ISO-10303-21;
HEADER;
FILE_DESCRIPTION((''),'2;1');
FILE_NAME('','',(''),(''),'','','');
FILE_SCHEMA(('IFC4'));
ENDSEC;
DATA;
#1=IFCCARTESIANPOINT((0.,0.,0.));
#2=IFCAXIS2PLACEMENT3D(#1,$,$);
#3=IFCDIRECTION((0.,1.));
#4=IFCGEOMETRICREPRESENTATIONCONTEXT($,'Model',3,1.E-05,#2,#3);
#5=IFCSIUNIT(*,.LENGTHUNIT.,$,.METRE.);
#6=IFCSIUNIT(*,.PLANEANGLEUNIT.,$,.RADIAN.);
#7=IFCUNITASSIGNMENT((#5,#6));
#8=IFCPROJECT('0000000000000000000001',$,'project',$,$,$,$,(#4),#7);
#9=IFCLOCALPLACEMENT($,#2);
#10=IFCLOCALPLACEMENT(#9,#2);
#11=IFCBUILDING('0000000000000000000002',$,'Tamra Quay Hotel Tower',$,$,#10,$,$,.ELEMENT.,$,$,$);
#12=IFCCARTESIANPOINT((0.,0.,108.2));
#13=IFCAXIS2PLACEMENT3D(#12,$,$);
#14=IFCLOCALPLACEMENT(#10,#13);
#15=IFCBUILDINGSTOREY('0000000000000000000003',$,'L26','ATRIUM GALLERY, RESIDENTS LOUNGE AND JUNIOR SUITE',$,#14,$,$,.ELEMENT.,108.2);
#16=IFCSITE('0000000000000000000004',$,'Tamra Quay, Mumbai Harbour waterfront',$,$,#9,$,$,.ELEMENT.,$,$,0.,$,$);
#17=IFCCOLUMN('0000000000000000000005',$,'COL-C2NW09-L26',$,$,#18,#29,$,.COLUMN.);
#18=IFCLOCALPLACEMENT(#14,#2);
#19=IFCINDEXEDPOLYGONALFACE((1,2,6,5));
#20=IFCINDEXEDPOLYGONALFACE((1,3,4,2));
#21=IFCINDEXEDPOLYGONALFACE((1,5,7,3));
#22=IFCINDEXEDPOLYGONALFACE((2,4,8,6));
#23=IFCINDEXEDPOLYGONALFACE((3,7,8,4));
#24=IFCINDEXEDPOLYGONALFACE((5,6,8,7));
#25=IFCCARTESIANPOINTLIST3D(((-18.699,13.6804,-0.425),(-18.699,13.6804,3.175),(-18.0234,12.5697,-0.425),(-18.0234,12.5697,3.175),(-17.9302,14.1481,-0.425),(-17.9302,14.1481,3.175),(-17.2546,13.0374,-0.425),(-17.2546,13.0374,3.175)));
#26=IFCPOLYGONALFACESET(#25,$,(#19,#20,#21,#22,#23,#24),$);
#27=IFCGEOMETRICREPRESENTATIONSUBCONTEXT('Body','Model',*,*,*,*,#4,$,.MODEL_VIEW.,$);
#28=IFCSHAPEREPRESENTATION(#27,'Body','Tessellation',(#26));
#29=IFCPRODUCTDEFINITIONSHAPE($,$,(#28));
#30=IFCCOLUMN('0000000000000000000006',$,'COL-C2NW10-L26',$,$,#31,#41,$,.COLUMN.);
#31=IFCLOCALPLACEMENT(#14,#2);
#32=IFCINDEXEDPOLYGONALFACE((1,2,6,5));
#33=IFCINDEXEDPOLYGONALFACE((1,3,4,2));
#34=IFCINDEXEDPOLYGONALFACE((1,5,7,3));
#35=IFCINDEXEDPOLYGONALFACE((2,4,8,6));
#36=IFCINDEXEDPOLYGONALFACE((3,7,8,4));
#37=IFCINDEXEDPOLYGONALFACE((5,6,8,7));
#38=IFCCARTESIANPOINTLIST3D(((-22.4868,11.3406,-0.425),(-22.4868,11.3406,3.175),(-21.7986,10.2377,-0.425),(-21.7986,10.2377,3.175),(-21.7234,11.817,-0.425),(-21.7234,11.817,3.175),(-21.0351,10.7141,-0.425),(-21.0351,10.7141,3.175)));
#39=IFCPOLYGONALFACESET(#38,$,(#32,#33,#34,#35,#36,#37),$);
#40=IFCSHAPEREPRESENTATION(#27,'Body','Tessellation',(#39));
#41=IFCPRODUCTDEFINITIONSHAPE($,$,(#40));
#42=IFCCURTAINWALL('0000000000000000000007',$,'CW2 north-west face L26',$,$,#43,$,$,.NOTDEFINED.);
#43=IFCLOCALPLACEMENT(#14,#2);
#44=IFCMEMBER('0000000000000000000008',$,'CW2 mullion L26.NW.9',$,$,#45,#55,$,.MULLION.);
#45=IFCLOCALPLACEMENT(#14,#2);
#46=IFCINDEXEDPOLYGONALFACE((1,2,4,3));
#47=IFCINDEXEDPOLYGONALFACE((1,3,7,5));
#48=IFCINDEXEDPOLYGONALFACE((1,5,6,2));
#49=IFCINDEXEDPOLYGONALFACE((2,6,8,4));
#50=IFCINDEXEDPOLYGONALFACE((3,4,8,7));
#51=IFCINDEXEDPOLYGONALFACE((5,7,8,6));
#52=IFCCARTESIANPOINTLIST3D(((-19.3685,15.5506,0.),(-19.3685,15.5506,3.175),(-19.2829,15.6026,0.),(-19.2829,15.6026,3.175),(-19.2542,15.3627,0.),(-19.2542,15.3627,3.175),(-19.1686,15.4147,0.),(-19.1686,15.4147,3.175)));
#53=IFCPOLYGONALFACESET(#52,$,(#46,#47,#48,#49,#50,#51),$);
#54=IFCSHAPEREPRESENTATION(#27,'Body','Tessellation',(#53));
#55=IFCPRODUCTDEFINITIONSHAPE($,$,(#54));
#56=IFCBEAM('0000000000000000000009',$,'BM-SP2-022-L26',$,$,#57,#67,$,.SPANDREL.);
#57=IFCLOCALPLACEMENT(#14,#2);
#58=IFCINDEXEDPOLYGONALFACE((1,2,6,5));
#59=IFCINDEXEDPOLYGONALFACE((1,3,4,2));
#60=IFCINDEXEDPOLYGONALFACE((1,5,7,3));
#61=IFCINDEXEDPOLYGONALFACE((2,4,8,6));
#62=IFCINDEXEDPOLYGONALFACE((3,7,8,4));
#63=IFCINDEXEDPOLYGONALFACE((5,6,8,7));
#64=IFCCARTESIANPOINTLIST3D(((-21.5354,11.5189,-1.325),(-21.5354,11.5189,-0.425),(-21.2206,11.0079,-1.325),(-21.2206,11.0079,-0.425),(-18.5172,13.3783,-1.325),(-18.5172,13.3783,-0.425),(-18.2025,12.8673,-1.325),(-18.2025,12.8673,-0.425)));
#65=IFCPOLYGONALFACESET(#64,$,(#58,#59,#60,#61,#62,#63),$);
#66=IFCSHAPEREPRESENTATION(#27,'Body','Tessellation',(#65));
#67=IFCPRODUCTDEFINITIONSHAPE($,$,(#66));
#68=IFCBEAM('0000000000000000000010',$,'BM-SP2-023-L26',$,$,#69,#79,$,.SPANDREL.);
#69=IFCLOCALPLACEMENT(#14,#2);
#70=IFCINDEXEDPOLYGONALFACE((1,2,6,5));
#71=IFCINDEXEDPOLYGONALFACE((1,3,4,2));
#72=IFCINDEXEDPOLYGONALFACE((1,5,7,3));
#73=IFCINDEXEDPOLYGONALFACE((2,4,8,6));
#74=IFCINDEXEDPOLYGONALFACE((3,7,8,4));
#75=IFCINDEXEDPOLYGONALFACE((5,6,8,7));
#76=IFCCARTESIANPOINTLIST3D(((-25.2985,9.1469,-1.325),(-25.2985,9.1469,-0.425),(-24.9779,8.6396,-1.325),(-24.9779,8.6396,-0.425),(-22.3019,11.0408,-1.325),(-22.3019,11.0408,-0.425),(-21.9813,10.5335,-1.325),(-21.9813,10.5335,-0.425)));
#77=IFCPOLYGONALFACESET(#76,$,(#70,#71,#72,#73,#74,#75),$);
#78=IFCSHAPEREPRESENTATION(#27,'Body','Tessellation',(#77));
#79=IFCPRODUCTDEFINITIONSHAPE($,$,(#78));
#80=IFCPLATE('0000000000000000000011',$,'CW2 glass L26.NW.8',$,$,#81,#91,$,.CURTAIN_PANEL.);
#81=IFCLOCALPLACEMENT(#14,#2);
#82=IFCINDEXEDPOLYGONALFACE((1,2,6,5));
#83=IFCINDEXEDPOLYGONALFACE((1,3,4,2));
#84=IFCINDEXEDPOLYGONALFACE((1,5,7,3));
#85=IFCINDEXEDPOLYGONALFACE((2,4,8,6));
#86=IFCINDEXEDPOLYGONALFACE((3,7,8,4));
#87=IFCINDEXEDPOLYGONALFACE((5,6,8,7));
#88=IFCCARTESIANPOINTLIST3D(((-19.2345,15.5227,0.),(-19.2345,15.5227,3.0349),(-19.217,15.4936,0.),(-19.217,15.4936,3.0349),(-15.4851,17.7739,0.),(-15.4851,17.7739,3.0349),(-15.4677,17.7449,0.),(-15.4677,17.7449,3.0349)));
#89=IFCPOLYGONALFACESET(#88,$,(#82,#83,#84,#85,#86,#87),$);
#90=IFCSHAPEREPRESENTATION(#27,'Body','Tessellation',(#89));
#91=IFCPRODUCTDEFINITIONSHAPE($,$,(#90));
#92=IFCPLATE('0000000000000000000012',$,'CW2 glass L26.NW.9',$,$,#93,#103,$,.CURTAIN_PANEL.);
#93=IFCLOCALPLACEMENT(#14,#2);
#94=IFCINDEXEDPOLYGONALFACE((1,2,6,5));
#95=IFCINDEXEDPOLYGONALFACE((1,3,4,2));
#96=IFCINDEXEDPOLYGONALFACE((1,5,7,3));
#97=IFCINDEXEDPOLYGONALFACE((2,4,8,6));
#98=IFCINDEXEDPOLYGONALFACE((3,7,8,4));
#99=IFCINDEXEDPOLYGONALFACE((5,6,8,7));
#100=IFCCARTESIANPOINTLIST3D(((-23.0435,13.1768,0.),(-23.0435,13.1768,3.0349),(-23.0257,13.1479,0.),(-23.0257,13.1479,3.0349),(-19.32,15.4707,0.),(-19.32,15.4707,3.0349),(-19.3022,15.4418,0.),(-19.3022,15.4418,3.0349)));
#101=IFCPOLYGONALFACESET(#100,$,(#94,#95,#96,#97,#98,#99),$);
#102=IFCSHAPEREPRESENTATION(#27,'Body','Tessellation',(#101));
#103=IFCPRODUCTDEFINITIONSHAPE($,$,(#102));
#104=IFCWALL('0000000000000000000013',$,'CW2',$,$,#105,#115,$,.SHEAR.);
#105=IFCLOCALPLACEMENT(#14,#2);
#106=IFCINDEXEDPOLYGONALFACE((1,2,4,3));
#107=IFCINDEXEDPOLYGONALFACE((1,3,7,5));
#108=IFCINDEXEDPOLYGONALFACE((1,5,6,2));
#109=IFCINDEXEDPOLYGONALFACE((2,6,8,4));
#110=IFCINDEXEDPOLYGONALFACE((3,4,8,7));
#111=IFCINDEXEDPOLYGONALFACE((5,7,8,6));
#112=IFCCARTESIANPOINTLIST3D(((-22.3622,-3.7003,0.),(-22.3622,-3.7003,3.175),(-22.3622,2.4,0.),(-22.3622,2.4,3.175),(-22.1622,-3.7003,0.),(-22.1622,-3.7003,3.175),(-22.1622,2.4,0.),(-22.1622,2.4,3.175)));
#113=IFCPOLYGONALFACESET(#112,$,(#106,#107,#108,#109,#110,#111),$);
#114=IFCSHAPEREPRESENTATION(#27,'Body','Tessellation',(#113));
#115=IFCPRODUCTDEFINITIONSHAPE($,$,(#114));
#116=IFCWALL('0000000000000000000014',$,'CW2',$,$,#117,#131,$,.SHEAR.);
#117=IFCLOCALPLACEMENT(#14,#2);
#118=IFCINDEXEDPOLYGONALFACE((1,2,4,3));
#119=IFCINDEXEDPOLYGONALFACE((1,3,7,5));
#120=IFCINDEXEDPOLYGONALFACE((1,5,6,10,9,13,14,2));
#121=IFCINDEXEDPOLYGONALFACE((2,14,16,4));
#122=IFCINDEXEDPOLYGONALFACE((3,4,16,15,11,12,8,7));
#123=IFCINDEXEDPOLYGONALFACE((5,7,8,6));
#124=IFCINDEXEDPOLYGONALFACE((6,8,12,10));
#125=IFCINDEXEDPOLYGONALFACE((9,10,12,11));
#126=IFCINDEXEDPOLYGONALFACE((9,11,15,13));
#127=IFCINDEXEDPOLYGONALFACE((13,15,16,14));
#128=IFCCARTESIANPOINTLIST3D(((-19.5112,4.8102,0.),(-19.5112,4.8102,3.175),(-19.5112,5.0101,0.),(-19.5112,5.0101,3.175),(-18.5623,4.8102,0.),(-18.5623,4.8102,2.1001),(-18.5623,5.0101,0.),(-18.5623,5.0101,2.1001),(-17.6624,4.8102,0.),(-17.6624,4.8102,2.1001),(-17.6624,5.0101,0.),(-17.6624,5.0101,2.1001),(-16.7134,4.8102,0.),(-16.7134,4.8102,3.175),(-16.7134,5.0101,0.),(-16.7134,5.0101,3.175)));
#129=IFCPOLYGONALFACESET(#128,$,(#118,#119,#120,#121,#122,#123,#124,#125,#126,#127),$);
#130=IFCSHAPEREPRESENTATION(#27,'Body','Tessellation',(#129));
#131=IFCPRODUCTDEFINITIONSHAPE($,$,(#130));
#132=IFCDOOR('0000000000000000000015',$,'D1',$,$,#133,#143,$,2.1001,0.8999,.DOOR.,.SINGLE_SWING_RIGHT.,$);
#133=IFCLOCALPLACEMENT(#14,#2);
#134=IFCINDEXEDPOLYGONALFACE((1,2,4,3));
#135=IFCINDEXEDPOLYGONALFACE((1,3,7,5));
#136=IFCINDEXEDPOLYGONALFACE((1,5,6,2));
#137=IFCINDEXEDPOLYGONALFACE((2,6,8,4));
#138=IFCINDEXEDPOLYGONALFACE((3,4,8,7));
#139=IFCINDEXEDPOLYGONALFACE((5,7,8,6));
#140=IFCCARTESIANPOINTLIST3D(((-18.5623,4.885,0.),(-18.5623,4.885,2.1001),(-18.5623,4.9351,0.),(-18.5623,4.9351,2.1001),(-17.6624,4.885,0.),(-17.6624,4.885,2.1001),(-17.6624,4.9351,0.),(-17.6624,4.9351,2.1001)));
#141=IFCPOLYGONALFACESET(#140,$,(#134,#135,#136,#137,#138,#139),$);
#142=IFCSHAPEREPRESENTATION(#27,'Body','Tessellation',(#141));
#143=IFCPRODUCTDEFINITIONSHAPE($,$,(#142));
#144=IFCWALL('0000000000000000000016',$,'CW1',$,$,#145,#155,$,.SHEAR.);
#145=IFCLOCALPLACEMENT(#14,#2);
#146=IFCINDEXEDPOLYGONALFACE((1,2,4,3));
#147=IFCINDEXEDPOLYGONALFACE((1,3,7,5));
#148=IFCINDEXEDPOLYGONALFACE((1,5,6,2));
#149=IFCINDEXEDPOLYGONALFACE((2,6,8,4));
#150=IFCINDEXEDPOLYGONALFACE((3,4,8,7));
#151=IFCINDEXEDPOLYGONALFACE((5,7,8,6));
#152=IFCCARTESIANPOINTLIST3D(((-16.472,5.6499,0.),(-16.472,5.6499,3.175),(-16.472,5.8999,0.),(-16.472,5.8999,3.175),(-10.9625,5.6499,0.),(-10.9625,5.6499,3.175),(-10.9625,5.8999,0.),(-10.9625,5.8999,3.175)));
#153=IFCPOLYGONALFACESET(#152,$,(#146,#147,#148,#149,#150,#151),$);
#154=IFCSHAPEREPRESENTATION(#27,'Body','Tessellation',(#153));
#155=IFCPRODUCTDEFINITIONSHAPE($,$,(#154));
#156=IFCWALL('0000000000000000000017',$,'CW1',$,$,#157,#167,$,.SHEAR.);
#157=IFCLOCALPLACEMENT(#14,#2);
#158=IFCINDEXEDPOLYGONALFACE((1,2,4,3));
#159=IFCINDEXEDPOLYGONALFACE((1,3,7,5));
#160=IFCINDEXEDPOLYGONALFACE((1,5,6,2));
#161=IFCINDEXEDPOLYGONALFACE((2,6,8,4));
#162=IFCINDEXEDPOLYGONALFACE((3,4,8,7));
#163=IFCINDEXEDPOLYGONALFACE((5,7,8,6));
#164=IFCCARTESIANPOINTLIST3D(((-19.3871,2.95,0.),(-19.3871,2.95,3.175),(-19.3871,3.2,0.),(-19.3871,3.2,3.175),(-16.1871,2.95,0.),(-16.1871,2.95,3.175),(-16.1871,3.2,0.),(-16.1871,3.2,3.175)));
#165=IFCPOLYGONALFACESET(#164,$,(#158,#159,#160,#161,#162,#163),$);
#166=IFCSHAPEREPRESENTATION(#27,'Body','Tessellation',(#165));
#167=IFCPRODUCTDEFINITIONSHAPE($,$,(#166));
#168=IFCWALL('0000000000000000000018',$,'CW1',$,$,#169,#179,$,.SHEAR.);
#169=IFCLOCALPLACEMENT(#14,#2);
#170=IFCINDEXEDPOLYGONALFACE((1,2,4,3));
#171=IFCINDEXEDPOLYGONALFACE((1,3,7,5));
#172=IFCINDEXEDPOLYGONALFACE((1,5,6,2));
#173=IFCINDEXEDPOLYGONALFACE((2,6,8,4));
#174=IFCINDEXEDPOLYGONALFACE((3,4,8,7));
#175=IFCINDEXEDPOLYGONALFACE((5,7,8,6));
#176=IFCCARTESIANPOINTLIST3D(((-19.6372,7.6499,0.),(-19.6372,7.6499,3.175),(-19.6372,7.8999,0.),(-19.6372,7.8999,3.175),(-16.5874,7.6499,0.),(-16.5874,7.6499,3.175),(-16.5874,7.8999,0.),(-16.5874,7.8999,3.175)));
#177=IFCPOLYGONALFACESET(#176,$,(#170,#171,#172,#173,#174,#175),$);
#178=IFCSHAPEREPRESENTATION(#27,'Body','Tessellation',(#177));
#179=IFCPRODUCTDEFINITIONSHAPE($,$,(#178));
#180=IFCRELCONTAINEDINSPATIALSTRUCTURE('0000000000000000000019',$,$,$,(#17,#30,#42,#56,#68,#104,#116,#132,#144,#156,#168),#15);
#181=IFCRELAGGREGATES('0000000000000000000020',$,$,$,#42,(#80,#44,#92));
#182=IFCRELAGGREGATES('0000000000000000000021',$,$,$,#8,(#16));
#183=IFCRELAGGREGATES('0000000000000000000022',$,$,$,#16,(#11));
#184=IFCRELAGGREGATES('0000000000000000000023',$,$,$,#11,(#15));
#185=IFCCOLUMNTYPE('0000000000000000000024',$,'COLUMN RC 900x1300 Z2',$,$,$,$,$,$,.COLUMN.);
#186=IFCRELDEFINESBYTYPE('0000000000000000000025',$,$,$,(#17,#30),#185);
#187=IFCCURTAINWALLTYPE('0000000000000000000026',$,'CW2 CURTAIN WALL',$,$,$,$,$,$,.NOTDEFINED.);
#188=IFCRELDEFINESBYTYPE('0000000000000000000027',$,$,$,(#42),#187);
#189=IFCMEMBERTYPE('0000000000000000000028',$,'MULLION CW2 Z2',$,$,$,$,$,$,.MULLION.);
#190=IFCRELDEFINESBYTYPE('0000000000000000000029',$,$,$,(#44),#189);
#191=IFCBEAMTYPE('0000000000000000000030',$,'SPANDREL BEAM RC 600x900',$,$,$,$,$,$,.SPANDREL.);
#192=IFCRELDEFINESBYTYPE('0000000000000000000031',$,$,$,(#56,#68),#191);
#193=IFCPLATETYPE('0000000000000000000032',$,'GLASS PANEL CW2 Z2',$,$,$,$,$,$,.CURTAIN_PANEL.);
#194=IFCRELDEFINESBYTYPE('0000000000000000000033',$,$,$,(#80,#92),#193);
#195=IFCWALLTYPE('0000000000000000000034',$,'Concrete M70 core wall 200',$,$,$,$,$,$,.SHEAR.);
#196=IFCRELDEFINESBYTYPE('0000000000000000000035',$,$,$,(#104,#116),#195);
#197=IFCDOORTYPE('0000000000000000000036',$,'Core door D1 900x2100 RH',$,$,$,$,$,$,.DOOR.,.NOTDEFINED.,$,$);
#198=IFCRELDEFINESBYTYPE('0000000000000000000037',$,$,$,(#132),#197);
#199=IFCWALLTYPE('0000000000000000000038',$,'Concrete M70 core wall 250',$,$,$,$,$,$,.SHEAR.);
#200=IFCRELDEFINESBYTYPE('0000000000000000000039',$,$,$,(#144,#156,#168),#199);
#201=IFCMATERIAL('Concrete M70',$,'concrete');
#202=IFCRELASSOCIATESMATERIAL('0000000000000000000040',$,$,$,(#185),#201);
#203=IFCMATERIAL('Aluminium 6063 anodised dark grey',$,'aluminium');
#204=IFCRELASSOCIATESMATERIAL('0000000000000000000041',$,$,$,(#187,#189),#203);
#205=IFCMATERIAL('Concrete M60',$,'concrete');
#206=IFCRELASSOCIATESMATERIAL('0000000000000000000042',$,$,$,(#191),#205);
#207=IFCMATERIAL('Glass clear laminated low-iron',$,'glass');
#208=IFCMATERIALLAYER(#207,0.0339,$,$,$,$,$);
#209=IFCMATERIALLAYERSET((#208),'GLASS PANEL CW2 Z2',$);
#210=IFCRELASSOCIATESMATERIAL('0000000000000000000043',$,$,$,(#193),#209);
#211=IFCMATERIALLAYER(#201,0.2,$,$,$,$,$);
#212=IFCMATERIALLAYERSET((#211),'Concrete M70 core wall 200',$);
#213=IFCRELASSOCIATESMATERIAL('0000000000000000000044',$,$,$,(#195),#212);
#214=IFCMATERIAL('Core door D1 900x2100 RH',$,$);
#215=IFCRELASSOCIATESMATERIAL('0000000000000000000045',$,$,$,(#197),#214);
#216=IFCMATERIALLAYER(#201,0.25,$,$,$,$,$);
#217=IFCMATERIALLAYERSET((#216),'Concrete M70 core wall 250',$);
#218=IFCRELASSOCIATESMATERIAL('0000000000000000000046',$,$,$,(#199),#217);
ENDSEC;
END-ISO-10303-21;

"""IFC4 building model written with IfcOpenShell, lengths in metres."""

from ifc_helpers import new_model, si_unit, direction, frame, frame_2d, origin, origin_2d, place, context, subcontext, project, spatial, rectangle, extrude, material, layer, layer_set, material_profile, profile_set, type_object, element, fill, aggregate, save


model = new_model("IFC4")

# Units and contexts
model_context = context("Model", 3, precision=1e-05, world=origin(), true_north=direction((0.0, 1.0)))
body_context = subcontext(model_context, "Body", "Model", "MODEL_VIEW")
ifc_project = project(units=[si_unit("LENGTHUNIT", "METRE"), si_unit("PLANEANGLEUNIT", "RADIAN")], contexts=[model_context])

# Site, building, storey
site_placement = place(None, origin())
site = spatial("IfcSite", under=ifc_project, at=site_placement, Name="Tamra Quay, Mumbai Harbour waterfront", CompositionType="ELEMENT", RefElevation=0.0)
building_placement = place(site_placement, origin())
building = spatial("IfcBuilding", under=site, at=building_placement, Name="Tamra Quay Hotel Tower", CompositionType="ELEMENT")
storey_placement = place(building_placement, frame((0.0, 0.0, 108.2)))
storey = spatial("IfcBuildingStorey", under=building, at=storey_placement, Name="L26", Description="ATRIUM GALLERY, RESIDENTS LOUNGE AND JUNIOR SUITE", CompositionType="ELEMENT", Elevation=108.2)

# Columns
ifc_material_1 = material(Name="Concrete M70", Category="concrete")
ifc_material_profile_1 = material_profile(ifc_material_1, rectangle(XDim=1.3, YDim=0.8999, at=origin_2d()), Name="COLUMN RC 900x1300 Z2")
ifc_profile_set_1 = profile_set([ifc_material_profile_1], Name="Concrete M70")
column_type = type_object("IfcColumnType", Name="COLUMN RC 900x1300 Z2", PredefinedType="COLUMN", material=ifc_profile_set_1)
for number, where, z_axis, x_axis, name in (
    (1, (-17.9768, 13.3589, -0.425), (0.0, 0.0, 1.0), (-0.519679, 0.854362, 0.0), "COL-C2NW09-L26"),
    (2, (-21.761, 11.0273, -0.425), (0.0, 0.0, 1.0), (-0.52941, 0.848366, 0.0), "COL-C2NW10-L26"),
):
    element("IfcColumn", number, at=place(storey_placement, frame(where, z_axis=z_axis, x_axis=x_axis)), inside=storey, type_object=column_type, Name=name, PredefinedType="COLUMN", context=body_context, shape_type="SweptSolid", body=[
        extrude(rectangle(XDim=1.3, YDim=0.8999, at=origin_2d()), origin(), (0.0, 0.0, 1.0), 3.6001),
    ])

# Curtain wall, member
ifc_material_2 = material(Name="Aluminium 6063 anodised dark grey", Category="aluminium")
curtain_wall_type = type_object("IfcCurtainWallType", Name="CW2 CURTAIN WALL", PredefinedType="NOTDEFINED", material=ifc_material_2)
curtain_wall_placement = place(storey_placement, origin())
curtain_wall = element("IfcCurtainWall", 3, at=curtain_wall_placement, inside=storey, type_object=curtain_wall_type, Name="CW2 north-west face L26", PredefinedType="NOTDEFINED")
ifc_material_profile_2 = material_profile(ifc_material_2, rectangle(XDim=0.22, YDim=0.1001, at=origin_2d()), Name="MULLION 100X220")
ifc_profile_set_2 = profile_set([ifc_material_profile_2], Name="Aluminium 6063 anodised dark grey")
member_type = type_object("IfcMemberType", Name="MULLION CW2 Z2", PredefinedType="MULLION", material=ifc_profile_set_2)
member_placement = place(storey_placement, frame((-19.2686, 15.4827, 0.0), z_axis=(0.0, 0.0, 1.0), x_axis=(-0.51965, 0.854379, 0.0)))
member = element("IfcMember", 4, at=member_placement, type_object=member_type, Name="CW2 mullion L26.NW.9", PredefinedType="MULLION", context=body_context, shape_type="SweptSolid", body=[
    extrude(rectangle(XDim=0.22, YDim=0.1001, at=origin_2d()), origin(), (0.0, 0.0, 1.0), 3.175),
])

# Beams
ifc_material_3 = material(Name="Concrete M60", Category="concrete")
ifc_material_profile_3 = material_profile(ifc_material_3, rectangle(XDim=0.6001, YDim=0.8999, at=origin_2d()), Name="SPANDREL BEAM RC 600x900")
ifc_profile_set_3 = profile_set([ifc_material_profile_3], Name="Concrete M60")
beam_type = type_object("IfcBeamType", Name="SPANDREL BEAM RC 600x900", PredefinedType="SPANDREL", material=ifc_profile_set_3)
for number, where, z_axis, x_axis, name in (
    (5, (-18.3599, 13.1228, -0.875), (-0.851393, -0.524528, 0.0), (0.524528, -0.851393, 0.0), "BM-SP2-022-L26"),
    (6, (-22.1416, 10.7871, -0.875), (-0.845333, -0.534239, 0.0), (0.534239, -0.845333, 0.0), "BM-SP2-023-L26"),
):
    element("IfcBeam", number, at=place(storey_placement, frame(where, z_axis=z_axis, x_axis=x_axis)), inside=storey, type_object=beam_type, Name=name, PredefinedType="SPANDREL", context=body_context, shape_type="SweptSolid", body=[
        extrude(rectangle(XDim=0.6001, YDim=0.8999, at=origin_2d()), origin(), (0.0, 0.0, 1.0), 3.5449),
    ])

# Plates
ifc_material_4 = material(Name="Glass clear laminated low-iron", Category="glass")
ifc_layer_1 = layer(ifc_material_4, 0.0339)
ifc_layer_set_1 = layer_set([ifc_layer_1], Name="GLASS PANEL CW2 Z2")
plate_type = type_object("IfcPlateType", Name="GLASS PANEL CW2 Z2", PredefinedType="CURTAIN_PANEL", material=ifc_layer_set_1)
plate_1_placement = place(storey_placement, frame((-17.3511, 16.6338, 0.0), z_axis=(0.0, 0.0, 1.0), x_axis=(-0.857331, -0.514765, 0.0)))
plate_1 = element("IfcPlate", 7, at=plate_1_placement, type_object=plate_type, Name="CW2 glass L26.NW.8", PredefinedType="CURTAIN_PANEL", context=body_context, shape_type="SweptSolid", body=[
    extrude(rectangle(XDim=4.3733, YDim=0.0339, at=origin_2d()), origin(), (0.0, 0.0, 1.0), 3.0349),
])
plate_2_placement = place(storey_placement, frame((-21.1729, 14.3093, 0.0), z_axis=(0.0, 0.0, 1.0), x_axis=(-0.851399, -0.524518, 0.0)))
plate_2 = element("IfcPlate", 8, at=plate_2_placement, type_object=plate_type, Name="CW2 glass L26.NW.9", PredefinedType="CURTAIN_PANEL", context=body_context, shape_type="SweptSolid", body=[
    extrude(rectangle(XDim=4.3733, YDim=0.0339, at=origin_2d()), origin(), (0.0, 0.0, 1.0), 3.0349),
])
aggregate(curtain_wall, [plate_1, member, plate_2])

# Wall
ifc_layer_2 = layer(ifc_material_1, 0.2)
ifc_layer_set_2 = layer_set([ifc_layer_2], Name="Concrete M70 core wall 200")
wall_type_1 = type_object("IfcWallType", Name="Concrete M70 core wall 200", PredefinedType="SHEAR", material=ifc_layer_set_2)
wall_1_placement = place(storey_placement, frame((-22.2622, 2.4001, 0.0), z_axis=(0.0, 0.0, 1.0), x_axis=(0.0, -1.0, 0.0)))
element("IfcWall", 9, at=wall_1_placement, inside=storey, type_object=wall_type_1, Name="CW2", PredefinedType="SHEAR", context=body_context, shape_type="SweptSolid", body=[
    extrude(rectangle(XDim=6.1003, YDim=0.2, at=frame_2d((3.0503, 0.0))), origin(), (0.0, 0.0, 1.0), 3.175),
])

# Wall, opening, door
wall_2_placement = place(storey_placement, frame((-19.5112, 4.9102, 0.0), z_axis=(0.0, 0.0, 1.0), x_axis=(1.0, 0.0, 0.0)))
wall_2 = element("IfcWall", 10, at=wall_2_placement, inside=storey, type_object=wall_type_1, Name="CW2", PredefinedType="SHEAR", context=body_context, shape_type="SweptSolid", body=[
    extrude(rectangle(XDim=2.7979, YDim=0.2, at=frame_2d((1.3989, 0.0))), origin(), (0.0, 0.0, 1.0), 3.175),
])
opening_1_placement = place(wall_2_placement, frame((0.949, 0.0, 0.0)))
opening_1 = element("IfcOpeningElement", 11, at=opening_1_placement, cuts=wall_2, PredefinedType="OPENING", context=body_context, shape_type="SweptSolid", body=[
    extrude(rectangle(XDim=0.8999, YDim=2.1001, at=frame_2d((0.45, 1.05))), frame((0.0, 0.1099, 0.0), z_axis=(0.0, -1.0, 0.0), x_axis=(1.0, 0.0, 0.0)), (0.0, 0.0, 1.0), 0.22),
])
ifc_material_5 = material(Name="Core door D1 900x2100 RH")
door_type_1 = type_object("IfcDoorType", Name="Core door D1 900x2100 RH", OperationType="NOTDEFINED", PredefinedType="DOOR", material=ifc_material_5)
door_1_placement = place(opening_1_placement, origin())
door_1 = element("IfcDoor", 12, at=door_1_placement, inside=storey, type_object=door_type_1, Name="D1", OperationType="SINGLE_SWING_RIGHT", OverallHeight=2.1001, OverallWidth=0.8999, PredefinedType="DOOR", context=body_context, shape_type="SweptSolid", body=[
    extrude(rectangle(XDim=0.8999, YDim=2.1001, at=frame_2d((0.45, 1.05))), frame((0.0, 0.0249, 0.0), z_axis=(0.0, -1.0, 0.0), x_axis=(1.0, 0.0, 0.0)), (0.0, 0.0, 1.0), 0.05),
])
fill(opening_1, door_1)

# Walls
ifc_layer_3 = layer(ifc_material_1, 0.25)
ifc_layer_set_3 = layer_set([ifc_layer_3], Name="Concrete M70 core wall 250")
wall_type_2 = type_object("IfcWallType", Name="Concrete M70 core wall 250", PredefinedType="SHEAR", material=ifc_layer_set_3)
wall_3_placement = place(storey_placement, frame((-16.4722, 5.7749, 0.0), z_axis=(0.0, 0.0, 1.0), x_axis=(1.0, 0.0, 0.0)))
element("IfcWall", 13, at=wall_3_placement, inside=storey, type_object=wall_type_2, Name="CW1", PredefinedType="SHEAR", context=body_context, shape_type="SweptSolid", body=[
    extrude(rectangle(XDim=5.5095, YDim=0.25, at=frame_2d((2.7549, 0.0))), origin(), (0.0, 0.0, 1.0), 3.175),
])
wall_4_placement = place(storey_placement, frame((-19.3872, 3.075, 0.0), z_axis=(0.0, 0.0, 1.0), x_axis=(1.0, 0.0, 0.0)))
element("IfcWall", 14, at=wall_4_placement, inside=storey, type_object=wall_type_2, Name="CW1", PredefinedType="SHEAR", context=body_context, shape_type="SweptSolid", body=[
    extrude(rectangle(XDim=3.2, YDim=0.25, at=frame_2d((1.6001, 0.0))), origin(), (0.0, 0.0, 1.0), 3.175),
])
wall_5_placement = place(storey_placement, frame((-19.6372, 7.7749, 0.0), z_axis=(0.0, 0.0, 1.0), x_axis=(1.0, 0.0, 0.0)))
element("IfcWall", 15, at=wall_5_placement, inside=storey, type_object=wall_type_2, Name="CW1", PredefinedType="SHEAR", context=body_context, shape_type="SweptSolid", body=[
    extrude(rectangle(XDim=3.0498, YDim=0.25, at=frame_2d((1.5249, 0.0))), origin(), (0.0, 0.0, 1.0), 3.175),
])

save(model, "model.ifc")
